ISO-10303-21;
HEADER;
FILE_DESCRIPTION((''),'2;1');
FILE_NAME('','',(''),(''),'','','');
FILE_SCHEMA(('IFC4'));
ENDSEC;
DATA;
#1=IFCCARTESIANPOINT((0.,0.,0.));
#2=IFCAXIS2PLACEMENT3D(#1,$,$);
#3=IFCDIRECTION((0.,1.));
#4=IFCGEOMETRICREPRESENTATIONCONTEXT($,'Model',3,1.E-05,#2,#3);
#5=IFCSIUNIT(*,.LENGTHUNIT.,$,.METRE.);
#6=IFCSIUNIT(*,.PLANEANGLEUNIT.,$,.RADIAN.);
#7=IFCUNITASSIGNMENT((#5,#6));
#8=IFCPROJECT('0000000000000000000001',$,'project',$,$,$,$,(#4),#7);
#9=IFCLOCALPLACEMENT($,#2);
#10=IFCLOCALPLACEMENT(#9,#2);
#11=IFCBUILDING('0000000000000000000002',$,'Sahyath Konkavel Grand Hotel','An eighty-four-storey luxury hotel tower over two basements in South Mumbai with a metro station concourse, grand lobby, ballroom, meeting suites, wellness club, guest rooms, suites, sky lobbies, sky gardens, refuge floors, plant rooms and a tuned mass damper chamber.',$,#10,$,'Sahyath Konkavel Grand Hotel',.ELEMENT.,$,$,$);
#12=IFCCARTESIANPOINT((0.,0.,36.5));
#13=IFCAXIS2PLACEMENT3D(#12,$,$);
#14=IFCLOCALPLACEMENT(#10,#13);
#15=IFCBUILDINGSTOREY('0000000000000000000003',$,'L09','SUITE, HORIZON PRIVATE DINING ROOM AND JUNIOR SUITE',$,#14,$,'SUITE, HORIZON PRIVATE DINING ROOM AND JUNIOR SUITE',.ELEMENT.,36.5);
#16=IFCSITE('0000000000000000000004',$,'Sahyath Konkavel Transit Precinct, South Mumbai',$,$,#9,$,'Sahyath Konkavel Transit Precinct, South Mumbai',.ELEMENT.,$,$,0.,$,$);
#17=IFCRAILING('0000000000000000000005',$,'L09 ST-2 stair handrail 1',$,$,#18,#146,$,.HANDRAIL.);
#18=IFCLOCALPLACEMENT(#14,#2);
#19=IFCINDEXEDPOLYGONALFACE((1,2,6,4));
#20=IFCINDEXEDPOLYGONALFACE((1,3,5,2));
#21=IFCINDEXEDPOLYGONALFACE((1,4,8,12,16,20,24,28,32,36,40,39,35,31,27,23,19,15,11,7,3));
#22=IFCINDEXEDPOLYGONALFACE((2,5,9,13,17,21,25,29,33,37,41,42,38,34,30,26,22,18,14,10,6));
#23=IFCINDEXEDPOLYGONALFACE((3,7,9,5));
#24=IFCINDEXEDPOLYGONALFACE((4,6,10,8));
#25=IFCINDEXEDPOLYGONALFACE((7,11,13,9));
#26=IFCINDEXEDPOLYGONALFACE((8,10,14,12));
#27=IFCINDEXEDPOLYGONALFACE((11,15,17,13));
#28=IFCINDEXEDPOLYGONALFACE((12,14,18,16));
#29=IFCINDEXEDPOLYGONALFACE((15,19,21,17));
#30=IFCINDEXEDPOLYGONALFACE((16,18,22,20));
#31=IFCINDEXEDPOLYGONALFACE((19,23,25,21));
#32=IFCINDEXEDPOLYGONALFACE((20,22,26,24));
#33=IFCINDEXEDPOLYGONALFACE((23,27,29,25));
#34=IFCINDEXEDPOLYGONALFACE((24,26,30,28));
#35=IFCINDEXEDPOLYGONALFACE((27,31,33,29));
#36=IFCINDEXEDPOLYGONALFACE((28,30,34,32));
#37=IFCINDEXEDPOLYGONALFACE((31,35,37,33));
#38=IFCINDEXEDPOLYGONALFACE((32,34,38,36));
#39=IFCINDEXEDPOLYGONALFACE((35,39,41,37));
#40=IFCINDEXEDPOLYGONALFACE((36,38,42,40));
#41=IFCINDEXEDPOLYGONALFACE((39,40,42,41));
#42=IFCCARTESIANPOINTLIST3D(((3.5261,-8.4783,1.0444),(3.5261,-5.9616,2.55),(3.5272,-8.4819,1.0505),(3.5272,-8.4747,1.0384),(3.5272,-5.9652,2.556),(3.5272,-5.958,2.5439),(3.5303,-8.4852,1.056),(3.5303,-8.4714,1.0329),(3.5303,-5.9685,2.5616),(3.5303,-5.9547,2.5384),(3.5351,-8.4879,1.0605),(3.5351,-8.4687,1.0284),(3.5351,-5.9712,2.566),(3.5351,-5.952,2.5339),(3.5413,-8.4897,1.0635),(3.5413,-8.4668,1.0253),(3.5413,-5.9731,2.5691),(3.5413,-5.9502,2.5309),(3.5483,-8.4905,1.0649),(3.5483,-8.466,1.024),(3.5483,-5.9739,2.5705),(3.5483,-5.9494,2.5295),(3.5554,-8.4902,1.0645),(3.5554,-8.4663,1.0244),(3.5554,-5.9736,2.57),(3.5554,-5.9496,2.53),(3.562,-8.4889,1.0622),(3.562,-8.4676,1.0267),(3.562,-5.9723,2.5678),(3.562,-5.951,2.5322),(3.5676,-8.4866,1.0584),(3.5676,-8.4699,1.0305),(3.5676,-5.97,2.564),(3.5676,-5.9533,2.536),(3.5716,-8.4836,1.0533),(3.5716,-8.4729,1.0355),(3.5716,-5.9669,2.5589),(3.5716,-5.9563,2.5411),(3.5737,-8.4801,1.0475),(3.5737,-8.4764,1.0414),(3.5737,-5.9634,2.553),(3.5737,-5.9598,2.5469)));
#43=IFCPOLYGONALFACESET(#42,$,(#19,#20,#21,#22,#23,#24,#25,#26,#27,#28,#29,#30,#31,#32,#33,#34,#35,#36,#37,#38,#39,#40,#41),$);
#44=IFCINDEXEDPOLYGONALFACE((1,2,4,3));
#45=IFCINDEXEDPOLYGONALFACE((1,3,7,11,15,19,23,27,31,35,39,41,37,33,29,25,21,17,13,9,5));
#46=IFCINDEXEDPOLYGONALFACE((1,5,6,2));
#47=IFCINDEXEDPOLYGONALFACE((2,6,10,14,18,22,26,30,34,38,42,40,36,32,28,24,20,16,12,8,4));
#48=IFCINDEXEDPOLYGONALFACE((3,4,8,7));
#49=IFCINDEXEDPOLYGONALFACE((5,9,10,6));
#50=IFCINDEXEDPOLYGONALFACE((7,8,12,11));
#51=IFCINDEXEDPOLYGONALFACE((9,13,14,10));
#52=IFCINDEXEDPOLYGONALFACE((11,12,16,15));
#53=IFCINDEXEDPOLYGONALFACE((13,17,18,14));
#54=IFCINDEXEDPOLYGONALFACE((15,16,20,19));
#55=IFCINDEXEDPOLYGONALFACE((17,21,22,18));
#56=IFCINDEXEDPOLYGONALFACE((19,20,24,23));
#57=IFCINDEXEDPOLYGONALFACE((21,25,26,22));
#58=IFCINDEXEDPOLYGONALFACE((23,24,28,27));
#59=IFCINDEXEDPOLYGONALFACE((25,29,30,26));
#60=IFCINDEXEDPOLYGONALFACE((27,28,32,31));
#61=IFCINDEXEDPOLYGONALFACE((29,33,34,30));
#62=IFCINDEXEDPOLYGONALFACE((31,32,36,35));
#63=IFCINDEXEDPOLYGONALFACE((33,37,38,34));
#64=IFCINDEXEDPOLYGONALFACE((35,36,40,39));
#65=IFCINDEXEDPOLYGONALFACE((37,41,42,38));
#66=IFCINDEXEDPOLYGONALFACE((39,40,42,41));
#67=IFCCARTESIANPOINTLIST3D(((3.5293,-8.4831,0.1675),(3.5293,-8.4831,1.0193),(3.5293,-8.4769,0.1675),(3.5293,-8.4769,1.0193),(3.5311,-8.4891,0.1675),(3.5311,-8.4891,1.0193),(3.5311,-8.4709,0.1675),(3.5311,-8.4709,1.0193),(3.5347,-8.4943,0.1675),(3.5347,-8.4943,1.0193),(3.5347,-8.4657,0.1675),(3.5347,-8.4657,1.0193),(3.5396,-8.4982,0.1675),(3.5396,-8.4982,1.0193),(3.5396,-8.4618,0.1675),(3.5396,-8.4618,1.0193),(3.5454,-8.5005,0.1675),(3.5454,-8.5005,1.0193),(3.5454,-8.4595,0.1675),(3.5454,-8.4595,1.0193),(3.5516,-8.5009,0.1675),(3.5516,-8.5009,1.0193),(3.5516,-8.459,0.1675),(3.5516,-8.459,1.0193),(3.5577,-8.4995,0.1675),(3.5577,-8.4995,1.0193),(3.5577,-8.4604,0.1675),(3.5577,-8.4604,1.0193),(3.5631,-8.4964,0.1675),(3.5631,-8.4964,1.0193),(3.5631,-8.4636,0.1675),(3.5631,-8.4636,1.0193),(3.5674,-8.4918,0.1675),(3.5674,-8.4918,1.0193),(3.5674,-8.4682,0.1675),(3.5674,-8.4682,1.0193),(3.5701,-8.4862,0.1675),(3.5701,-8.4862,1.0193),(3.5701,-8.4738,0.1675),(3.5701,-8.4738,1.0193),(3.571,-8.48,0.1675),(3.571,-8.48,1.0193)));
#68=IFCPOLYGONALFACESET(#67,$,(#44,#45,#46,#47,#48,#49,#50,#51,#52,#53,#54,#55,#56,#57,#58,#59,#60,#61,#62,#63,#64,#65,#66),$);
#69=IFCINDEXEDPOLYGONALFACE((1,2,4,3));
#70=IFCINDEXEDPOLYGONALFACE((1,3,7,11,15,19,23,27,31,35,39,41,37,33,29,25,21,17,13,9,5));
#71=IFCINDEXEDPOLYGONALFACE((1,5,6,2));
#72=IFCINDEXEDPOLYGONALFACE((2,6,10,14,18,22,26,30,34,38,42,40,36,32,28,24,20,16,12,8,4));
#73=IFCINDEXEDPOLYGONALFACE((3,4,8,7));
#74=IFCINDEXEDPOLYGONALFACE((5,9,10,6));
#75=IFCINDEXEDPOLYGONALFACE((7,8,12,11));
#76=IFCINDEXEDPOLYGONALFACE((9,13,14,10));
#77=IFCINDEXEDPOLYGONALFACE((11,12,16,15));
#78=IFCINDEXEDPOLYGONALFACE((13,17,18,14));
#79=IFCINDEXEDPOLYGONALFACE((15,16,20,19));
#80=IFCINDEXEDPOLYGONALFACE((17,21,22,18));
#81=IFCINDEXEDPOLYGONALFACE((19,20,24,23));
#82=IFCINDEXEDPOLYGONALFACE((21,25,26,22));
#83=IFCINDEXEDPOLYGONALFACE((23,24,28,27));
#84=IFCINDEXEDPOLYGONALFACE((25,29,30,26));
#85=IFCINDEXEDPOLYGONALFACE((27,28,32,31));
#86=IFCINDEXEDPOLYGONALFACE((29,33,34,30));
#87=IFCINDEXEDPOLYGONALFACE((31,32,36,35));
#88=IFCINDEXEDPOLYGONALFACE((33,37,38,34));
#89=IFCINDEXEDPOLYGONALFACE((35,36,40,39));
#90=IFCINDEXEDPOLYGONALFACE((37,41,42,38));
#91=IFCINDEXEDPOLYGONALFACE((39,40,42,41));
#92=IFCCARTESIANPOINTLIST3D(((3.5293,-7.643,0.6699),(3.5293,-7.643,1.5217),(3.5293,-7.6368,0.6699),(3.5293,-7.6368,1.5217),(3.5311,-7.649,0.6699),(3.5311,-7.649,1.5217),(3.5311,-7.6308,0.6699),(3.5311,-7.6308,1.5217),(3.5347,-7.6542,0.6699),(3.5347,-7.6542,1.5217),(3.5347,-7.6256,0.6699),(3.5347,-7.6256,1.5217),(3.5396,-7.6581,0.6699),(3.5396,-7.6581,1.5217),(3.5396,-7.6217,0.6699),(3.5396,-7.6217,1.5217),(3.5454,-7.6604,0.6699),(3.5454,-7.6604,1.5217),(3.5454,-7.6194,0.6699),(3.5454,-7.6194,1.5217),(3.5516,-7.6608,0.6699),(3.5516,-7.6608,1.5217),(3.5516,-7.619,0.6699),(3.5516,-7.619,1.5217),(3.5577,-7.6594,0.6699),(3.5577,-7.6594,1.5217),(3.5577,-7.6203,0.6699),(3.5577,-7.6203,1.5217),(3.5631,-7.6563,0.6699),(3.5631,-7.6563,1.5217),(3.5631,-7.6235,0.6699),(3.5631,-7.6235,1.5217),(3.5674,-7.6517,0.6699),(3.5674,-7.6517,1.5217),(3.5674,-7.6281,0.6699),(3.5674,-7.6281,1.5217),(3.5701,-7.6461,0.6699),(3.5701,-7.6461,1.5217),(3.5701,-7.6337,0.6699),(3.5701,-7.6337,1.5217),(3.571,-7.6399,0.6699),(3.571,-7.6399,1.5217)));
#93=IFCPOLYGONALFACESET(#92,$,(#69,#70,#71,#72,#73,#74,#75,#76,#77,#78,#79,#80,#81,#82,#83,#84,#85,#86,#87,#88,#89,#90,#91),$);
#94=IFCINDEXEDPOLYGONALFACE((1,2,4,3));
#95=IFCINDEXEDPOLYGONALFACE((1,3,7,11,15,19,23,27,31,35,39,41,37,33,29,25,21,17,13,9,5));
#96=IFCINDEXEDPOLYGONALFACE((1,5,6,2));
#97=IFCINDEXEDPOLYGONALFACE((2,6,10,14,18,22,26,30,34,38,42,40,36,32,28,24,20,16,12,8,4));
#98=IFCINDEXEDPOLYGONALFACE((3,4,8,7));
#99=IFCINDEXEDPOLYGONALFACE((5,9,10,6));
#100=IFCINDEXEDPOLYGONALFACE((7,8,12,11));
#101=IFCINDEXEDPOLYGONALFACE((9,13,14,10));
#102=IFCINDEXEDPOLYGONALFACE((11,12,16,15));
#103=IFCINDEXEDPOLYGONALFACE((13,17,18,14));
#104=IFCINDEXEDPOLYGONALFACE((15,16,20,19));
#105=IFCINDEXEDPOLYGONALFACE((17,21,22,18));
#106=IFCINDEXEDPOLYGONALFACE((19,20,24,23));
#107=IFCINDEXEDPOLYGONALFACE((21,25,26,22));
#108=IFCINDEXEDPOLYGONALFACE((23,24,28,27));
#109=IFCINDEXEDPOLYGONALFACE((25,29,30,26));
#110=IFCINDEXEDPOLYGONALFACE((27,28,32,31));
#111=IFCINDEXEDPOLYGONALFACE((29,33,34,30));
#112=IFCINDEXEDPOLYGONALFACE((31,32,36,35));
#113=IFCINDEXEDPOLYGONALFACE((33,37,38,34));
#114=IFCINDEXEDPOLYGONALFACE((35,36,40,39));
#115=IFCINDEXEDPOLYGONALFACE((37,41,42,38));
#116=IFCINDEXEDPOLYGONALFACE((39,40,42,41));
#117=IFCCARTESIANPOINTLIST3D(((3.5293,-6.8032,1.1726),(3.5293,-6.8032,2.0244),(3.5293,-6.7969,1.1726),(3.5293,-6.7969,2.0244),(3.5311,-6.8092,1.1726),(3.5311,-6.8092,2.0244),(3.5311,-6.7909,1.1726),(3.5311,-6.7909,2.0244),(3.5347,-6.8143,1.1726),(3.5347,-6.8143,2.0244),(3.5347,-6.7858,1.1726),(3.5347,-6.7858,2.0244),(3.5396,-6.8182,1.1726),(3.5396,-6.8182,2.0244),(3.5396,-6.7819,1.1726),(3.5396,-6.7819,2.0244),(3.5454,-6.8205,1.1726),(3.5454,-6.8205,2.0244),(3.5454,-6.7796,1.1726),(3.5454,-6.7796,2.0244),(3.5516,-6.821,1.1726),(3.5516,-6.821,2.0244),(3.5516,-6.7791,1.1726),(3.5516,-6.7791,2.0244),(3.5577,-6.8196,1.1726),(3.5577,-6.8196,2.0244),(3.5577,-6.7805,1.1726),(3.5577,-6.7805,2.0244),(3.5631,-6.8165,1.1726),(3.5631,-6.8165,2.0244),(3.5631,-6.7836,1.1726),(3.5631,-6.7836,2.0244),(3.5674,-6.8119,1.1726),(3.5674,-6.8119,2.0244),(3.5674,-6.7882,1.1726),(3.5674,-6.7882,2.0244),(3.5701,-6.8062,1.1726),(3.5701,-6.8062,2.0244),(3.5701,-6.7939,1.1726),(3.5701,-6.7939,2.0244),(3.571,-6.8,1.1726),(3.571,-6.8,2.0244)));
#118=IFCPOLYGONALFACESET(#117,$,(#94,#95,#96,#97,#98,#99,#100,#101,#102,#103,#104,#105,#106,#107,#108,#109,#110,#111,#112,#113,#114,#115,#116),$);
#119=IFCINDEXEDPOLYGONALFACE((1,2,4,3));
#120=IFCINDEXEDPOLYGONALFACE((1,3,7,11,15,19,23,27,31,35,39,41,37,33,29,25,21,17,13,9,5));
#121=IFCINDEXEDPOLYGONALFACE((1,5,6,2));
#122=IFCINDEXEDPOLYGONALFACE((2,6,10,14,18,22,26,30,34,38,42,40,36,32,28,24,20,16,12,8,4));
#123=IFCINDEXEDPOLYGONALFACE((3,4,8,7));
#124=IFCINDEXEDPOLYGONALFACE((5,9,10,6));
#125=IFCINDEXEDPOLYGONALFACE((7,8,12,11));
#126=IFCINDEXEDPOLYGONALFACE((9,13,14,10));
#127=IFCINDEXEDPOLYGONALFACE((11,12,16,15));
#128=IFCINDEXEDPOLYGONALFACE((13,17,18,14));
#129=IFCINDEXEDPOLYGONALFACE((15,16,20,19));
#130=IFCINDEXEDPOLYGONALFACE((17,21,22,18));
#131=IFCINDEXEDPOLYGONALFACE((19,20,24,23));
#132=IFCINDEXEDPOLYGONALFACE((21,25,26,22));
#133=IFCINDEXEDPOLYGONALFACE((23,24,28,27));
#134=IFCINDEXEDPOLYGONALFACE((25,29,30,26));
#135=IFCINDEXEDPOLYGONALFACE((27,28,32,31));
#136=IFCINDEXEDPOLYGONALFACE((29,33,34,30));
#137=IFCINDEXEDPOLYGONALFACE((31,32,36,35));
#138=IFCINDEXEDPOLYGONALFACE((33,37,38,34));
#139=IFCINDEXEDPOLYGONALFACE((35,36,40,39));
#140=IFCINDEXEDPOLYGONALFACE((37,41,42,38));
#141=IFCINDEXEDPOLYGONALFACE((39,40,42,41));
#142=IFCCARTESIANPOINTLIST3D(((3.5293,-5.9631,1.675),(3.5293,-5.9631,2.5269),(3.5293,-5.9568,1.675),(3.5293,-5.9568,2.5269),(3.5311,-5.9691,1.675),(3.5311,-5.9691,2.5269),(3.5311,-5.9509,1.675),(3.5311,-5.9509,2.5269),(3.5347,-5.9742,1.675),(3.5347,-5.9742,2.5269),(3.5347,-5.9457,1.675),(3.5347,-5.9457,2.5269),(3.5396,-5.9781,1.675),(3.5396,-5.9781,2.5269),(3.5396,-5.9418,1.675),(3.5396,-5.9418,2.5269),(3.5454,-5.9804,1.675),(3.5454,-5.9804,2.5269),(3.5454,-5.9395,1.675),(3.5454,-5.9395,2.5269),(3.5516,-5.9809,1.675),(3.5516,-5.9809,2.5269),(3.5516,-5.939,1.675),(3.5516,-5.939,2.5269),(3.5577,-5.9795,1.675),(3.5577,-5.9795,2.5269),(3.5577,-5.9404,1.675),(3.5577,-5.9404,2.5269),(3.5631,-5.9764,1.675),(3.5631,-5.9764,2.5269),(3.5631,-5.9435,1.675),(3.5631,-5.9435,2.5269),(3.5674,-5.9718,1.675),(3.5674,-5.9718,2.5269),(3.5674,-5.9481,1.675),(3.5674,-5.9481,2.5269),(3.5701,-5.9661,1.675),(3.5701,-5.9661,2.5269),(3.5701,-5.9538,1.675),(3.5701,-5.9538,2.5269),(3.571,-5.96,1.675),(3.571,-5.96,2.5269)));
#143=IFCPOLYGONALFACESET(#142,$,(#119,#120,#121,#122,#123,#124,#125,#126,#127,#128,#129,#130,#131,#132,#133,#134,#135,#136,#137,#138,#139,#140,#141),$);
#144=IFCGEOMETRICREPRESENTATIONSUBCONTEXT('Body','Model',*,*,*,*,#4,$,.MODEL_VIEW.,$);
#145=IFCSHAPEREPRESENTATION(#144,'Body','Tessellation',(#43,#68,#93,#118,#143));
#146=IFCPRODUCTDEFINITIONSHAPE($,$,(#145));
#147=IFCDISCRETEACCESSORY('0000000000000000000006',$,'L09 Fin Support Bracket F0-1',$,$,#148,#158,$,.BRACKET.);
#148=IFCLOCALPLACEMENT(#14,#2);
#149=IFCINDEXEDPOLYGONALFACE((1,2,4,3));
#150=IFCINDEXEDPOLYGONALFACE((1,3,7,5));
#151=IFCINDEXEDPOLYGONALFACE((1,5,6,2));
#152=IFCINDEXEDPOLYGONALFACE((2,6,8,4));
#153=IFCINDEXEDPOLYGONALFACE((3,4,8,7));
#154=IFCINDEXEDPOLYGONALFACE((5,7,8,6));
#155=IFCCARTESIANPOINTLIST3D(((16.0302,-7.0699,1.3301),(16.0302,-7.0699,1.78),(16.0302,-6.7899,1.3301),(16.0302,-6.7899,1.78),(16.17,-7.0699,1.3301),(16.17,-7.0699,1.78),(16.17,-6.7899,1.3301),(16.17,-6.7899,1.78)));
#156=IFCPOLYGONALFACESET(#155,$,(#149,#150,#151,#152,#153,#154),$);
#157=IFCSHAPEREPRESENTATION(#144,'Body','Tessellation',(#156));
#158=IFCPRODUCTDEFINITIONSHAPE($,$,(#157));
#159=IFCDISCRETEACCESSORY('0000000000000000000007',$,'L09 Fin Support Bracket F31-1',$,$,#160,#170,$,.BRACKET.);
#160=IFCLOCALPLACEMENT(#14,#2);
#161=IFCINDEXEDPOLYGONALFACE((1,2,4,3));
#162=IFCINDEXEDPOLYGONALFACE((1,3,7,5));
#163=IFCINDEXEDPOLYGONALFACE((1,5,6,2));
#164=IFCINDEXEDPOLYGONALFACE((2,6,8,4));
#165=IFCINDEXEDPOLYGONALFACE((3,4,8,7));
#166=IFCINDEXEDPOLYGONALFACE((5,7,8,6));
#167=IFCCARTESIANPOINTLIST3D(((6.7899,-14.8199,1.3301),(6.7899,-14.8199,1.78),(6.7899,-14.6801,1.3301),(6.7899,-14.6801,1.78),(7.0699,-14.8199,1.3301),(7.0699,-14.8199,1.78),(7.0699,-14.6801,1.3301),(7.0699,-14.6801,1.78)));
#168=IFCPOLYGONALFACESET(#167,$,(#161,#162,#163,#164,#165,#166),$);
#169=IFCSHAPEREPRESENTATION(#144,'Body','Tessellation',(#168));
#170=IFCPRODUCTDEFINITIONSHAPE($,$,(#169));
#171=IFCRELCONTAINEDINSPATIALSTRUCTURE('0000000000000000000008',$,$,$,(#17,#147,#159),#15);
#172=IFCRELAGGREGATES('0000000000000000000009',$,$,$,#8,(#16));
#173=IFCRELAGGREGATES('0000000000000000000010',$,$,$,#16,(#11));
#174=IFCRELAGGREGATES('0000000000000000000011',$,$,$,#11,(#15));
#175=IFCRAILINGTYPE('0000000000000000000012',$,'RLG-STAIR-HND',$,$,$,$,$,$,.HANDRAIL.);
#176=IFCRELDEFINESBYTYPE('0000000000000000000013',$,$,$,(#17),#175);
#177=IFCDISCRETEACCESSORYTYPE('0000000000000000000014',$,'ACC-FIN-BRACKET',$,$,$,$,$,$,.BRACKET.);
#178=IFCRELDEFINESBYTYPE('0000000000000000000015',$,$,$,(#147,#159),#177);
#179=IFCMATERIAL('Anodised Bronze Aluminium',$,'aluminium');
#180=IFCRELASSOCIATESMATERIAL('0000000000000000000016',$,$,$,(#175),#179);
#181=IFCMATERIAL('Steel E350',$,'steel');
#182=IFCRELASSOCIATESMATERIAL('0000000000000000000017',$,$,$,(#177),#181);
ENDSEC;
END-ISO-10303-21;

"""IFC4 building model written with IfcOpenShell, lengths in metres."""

from ifc_helpers import new_model, si_unit, direction, frame, origin, origin_2d, place, context, subcontext, project, spatial, rectangle, circle, extrude, source, transform, mapped, material, type_object, element, save


model = new_model("IFC4")

# Units and contexts
model_context = context("Model", 3, precision=1e-05, world=origin(), true_north=direction((0.0, 1.0)))
body_context = subcontext(model_context, "Body", "Model", "MODEL_VIEW")
ifc_project = project(units=[si_unit("LENGTHUNIT", "METRE"), si_unit("PLANEANGLEUNIT", "RADIAN")], contexts=[model_context])

# Site, building, storey
site_placement = place(None, origin())
site = spatial("IfcSite", under=ifc_project, at=site_placement, Name="Sahyath Konkavel Transit Precinct, South Mumbai", LongName="Sahyath Konkavel Transit Precinct, South Mumbai", CompositionType="ELEMENT", RefElevation=0.0)
building_placement = place(site_placement, origin())
building = spatial("IfcBuilding", under=site, at=building_placement, Name="Sahyath Konkavel Grand Hotel", Description="An eighty-four-storey luxury hotel tower over two basements in South Mumbai with a metro station concourse, grand lobby, ballroom, meeting suites, wellness club, guest rooms, suites, sky lobbies, sky gardens, refuge floors, plant rooms and a tuned mass damper chamber.", LongName="Sahyath Konkavel Grand Hotel", CompositionType="ELEMENT")
storey_placement = place(building_placement, frame((0.0, 0.0, 36.5)))
storey = spatial("IfcBuildingStorey", under=building, at=storey_placement, Name="L09", Description="SUITE, HORIZON PRIVATE DINING ROOM AND JUNIOR SUITE", LongName="SUITE, HORIZON PRIVATE DINING ROOM AND JUNIOR SUITE", CompositionType="ELEMENT", Elevation=36.5)

# Shared definitions
ifc_material_1 = material(Name="Steel E350", Category="steel")

# Shared definitions
ifc_material_2 = material(Name="Anodised Bronze Aluminium", Category="aluminium")

# Railing
railing_type_1 = type_object("IfcRailingType", Name="RLG-STAIR-HND", PredefinedType="HANDRAIL", material=ifc_material_2)
railing_1_placement = place(storey_placement, frame((3.55, -8.48, 0.1675)))
element("IfcRailing", 1, at=railing_1_placement, inside=storey, type_object=railing_type_1, Name="L09 ST-2 stair handrail 1", PredefinedType="HANDRAIL", context=body_context, shape_type="SweptSolid", body=[
    extrude(circle(Radius=0.0239, at=origin_2d()), frame((0.0, 0.0017, 0.877), z_axis=(0.0, 0.85816, 0.513383), x_axis=(-1.0, 0.0, 0.0)), (0.0, 0.0, 1.0), 2.9326),
    extrude(circle(Radius=0.021, at=origin_2d()), origin(), (0.0, 0.0, 1.0), 0.8518),
    extrude(circle(Radius=0.021, at=origin_2d()), frame((0.0, 0.8401, 0.5024)), (0.0, 0.0, 1.0), 0.8518),
    extrude(circle(Radius=0.021, at=origin_2d()), frame((0.0, 1.6799, 1.0051)), (0.0, 0.0, 1.0), 0.8518),
    extrude(circle(Radius=0.021, at=origin_2d()), frame((0.0, 2.52, 1.5076)), (0.0, 0.0, 1.0), 0.8518),
])

# Discrete accessories
discrete_accessory_type = type_object("IfcDiscreteAccessoryType", Name="ACC-FIN-BRACKET", PredefinedType="BRACKET", material=ifc_material_1)
shared_shape_1 = source(origin(), body_context, "Body", "SweptSolid", [
    extrude(rectangle(XDim=0.28, YDim=0.1399, at=origin_2d()), origin(), (0.0, 0.0, 1.0), 0.45),
])
for number, where, z_axis, x_axis, name in (
    (2, (16.1001, -6.9299, 1.3301), (0.0, 0.0, 1.0), (0.0, -1.0, 0.0), "L09 Fin Support Bracket F0-1"),
    (3, (6.9299, -14.75, 1.3301), (0.0, 0.0, 1.0), (1.0, 0.0, 0.0), "L09 Fin Support Bracket F31-1"),
):
    element("IfcDiscreteAccessory", number, at=place(storey_placement, frame(where, z_axis=z_axis, x_axis=x_axis)), inside=storey, type_object=discrete_accessory_type, Name=name, PredefinedType="BRACKET", context=body_context, shape_type="MappedRepresentation", body=[
        mapped(shared_shape_1, transform((0.0, 0.0, 0.0), scale=1.0)),
    ])

save(model, "model.ifc")
